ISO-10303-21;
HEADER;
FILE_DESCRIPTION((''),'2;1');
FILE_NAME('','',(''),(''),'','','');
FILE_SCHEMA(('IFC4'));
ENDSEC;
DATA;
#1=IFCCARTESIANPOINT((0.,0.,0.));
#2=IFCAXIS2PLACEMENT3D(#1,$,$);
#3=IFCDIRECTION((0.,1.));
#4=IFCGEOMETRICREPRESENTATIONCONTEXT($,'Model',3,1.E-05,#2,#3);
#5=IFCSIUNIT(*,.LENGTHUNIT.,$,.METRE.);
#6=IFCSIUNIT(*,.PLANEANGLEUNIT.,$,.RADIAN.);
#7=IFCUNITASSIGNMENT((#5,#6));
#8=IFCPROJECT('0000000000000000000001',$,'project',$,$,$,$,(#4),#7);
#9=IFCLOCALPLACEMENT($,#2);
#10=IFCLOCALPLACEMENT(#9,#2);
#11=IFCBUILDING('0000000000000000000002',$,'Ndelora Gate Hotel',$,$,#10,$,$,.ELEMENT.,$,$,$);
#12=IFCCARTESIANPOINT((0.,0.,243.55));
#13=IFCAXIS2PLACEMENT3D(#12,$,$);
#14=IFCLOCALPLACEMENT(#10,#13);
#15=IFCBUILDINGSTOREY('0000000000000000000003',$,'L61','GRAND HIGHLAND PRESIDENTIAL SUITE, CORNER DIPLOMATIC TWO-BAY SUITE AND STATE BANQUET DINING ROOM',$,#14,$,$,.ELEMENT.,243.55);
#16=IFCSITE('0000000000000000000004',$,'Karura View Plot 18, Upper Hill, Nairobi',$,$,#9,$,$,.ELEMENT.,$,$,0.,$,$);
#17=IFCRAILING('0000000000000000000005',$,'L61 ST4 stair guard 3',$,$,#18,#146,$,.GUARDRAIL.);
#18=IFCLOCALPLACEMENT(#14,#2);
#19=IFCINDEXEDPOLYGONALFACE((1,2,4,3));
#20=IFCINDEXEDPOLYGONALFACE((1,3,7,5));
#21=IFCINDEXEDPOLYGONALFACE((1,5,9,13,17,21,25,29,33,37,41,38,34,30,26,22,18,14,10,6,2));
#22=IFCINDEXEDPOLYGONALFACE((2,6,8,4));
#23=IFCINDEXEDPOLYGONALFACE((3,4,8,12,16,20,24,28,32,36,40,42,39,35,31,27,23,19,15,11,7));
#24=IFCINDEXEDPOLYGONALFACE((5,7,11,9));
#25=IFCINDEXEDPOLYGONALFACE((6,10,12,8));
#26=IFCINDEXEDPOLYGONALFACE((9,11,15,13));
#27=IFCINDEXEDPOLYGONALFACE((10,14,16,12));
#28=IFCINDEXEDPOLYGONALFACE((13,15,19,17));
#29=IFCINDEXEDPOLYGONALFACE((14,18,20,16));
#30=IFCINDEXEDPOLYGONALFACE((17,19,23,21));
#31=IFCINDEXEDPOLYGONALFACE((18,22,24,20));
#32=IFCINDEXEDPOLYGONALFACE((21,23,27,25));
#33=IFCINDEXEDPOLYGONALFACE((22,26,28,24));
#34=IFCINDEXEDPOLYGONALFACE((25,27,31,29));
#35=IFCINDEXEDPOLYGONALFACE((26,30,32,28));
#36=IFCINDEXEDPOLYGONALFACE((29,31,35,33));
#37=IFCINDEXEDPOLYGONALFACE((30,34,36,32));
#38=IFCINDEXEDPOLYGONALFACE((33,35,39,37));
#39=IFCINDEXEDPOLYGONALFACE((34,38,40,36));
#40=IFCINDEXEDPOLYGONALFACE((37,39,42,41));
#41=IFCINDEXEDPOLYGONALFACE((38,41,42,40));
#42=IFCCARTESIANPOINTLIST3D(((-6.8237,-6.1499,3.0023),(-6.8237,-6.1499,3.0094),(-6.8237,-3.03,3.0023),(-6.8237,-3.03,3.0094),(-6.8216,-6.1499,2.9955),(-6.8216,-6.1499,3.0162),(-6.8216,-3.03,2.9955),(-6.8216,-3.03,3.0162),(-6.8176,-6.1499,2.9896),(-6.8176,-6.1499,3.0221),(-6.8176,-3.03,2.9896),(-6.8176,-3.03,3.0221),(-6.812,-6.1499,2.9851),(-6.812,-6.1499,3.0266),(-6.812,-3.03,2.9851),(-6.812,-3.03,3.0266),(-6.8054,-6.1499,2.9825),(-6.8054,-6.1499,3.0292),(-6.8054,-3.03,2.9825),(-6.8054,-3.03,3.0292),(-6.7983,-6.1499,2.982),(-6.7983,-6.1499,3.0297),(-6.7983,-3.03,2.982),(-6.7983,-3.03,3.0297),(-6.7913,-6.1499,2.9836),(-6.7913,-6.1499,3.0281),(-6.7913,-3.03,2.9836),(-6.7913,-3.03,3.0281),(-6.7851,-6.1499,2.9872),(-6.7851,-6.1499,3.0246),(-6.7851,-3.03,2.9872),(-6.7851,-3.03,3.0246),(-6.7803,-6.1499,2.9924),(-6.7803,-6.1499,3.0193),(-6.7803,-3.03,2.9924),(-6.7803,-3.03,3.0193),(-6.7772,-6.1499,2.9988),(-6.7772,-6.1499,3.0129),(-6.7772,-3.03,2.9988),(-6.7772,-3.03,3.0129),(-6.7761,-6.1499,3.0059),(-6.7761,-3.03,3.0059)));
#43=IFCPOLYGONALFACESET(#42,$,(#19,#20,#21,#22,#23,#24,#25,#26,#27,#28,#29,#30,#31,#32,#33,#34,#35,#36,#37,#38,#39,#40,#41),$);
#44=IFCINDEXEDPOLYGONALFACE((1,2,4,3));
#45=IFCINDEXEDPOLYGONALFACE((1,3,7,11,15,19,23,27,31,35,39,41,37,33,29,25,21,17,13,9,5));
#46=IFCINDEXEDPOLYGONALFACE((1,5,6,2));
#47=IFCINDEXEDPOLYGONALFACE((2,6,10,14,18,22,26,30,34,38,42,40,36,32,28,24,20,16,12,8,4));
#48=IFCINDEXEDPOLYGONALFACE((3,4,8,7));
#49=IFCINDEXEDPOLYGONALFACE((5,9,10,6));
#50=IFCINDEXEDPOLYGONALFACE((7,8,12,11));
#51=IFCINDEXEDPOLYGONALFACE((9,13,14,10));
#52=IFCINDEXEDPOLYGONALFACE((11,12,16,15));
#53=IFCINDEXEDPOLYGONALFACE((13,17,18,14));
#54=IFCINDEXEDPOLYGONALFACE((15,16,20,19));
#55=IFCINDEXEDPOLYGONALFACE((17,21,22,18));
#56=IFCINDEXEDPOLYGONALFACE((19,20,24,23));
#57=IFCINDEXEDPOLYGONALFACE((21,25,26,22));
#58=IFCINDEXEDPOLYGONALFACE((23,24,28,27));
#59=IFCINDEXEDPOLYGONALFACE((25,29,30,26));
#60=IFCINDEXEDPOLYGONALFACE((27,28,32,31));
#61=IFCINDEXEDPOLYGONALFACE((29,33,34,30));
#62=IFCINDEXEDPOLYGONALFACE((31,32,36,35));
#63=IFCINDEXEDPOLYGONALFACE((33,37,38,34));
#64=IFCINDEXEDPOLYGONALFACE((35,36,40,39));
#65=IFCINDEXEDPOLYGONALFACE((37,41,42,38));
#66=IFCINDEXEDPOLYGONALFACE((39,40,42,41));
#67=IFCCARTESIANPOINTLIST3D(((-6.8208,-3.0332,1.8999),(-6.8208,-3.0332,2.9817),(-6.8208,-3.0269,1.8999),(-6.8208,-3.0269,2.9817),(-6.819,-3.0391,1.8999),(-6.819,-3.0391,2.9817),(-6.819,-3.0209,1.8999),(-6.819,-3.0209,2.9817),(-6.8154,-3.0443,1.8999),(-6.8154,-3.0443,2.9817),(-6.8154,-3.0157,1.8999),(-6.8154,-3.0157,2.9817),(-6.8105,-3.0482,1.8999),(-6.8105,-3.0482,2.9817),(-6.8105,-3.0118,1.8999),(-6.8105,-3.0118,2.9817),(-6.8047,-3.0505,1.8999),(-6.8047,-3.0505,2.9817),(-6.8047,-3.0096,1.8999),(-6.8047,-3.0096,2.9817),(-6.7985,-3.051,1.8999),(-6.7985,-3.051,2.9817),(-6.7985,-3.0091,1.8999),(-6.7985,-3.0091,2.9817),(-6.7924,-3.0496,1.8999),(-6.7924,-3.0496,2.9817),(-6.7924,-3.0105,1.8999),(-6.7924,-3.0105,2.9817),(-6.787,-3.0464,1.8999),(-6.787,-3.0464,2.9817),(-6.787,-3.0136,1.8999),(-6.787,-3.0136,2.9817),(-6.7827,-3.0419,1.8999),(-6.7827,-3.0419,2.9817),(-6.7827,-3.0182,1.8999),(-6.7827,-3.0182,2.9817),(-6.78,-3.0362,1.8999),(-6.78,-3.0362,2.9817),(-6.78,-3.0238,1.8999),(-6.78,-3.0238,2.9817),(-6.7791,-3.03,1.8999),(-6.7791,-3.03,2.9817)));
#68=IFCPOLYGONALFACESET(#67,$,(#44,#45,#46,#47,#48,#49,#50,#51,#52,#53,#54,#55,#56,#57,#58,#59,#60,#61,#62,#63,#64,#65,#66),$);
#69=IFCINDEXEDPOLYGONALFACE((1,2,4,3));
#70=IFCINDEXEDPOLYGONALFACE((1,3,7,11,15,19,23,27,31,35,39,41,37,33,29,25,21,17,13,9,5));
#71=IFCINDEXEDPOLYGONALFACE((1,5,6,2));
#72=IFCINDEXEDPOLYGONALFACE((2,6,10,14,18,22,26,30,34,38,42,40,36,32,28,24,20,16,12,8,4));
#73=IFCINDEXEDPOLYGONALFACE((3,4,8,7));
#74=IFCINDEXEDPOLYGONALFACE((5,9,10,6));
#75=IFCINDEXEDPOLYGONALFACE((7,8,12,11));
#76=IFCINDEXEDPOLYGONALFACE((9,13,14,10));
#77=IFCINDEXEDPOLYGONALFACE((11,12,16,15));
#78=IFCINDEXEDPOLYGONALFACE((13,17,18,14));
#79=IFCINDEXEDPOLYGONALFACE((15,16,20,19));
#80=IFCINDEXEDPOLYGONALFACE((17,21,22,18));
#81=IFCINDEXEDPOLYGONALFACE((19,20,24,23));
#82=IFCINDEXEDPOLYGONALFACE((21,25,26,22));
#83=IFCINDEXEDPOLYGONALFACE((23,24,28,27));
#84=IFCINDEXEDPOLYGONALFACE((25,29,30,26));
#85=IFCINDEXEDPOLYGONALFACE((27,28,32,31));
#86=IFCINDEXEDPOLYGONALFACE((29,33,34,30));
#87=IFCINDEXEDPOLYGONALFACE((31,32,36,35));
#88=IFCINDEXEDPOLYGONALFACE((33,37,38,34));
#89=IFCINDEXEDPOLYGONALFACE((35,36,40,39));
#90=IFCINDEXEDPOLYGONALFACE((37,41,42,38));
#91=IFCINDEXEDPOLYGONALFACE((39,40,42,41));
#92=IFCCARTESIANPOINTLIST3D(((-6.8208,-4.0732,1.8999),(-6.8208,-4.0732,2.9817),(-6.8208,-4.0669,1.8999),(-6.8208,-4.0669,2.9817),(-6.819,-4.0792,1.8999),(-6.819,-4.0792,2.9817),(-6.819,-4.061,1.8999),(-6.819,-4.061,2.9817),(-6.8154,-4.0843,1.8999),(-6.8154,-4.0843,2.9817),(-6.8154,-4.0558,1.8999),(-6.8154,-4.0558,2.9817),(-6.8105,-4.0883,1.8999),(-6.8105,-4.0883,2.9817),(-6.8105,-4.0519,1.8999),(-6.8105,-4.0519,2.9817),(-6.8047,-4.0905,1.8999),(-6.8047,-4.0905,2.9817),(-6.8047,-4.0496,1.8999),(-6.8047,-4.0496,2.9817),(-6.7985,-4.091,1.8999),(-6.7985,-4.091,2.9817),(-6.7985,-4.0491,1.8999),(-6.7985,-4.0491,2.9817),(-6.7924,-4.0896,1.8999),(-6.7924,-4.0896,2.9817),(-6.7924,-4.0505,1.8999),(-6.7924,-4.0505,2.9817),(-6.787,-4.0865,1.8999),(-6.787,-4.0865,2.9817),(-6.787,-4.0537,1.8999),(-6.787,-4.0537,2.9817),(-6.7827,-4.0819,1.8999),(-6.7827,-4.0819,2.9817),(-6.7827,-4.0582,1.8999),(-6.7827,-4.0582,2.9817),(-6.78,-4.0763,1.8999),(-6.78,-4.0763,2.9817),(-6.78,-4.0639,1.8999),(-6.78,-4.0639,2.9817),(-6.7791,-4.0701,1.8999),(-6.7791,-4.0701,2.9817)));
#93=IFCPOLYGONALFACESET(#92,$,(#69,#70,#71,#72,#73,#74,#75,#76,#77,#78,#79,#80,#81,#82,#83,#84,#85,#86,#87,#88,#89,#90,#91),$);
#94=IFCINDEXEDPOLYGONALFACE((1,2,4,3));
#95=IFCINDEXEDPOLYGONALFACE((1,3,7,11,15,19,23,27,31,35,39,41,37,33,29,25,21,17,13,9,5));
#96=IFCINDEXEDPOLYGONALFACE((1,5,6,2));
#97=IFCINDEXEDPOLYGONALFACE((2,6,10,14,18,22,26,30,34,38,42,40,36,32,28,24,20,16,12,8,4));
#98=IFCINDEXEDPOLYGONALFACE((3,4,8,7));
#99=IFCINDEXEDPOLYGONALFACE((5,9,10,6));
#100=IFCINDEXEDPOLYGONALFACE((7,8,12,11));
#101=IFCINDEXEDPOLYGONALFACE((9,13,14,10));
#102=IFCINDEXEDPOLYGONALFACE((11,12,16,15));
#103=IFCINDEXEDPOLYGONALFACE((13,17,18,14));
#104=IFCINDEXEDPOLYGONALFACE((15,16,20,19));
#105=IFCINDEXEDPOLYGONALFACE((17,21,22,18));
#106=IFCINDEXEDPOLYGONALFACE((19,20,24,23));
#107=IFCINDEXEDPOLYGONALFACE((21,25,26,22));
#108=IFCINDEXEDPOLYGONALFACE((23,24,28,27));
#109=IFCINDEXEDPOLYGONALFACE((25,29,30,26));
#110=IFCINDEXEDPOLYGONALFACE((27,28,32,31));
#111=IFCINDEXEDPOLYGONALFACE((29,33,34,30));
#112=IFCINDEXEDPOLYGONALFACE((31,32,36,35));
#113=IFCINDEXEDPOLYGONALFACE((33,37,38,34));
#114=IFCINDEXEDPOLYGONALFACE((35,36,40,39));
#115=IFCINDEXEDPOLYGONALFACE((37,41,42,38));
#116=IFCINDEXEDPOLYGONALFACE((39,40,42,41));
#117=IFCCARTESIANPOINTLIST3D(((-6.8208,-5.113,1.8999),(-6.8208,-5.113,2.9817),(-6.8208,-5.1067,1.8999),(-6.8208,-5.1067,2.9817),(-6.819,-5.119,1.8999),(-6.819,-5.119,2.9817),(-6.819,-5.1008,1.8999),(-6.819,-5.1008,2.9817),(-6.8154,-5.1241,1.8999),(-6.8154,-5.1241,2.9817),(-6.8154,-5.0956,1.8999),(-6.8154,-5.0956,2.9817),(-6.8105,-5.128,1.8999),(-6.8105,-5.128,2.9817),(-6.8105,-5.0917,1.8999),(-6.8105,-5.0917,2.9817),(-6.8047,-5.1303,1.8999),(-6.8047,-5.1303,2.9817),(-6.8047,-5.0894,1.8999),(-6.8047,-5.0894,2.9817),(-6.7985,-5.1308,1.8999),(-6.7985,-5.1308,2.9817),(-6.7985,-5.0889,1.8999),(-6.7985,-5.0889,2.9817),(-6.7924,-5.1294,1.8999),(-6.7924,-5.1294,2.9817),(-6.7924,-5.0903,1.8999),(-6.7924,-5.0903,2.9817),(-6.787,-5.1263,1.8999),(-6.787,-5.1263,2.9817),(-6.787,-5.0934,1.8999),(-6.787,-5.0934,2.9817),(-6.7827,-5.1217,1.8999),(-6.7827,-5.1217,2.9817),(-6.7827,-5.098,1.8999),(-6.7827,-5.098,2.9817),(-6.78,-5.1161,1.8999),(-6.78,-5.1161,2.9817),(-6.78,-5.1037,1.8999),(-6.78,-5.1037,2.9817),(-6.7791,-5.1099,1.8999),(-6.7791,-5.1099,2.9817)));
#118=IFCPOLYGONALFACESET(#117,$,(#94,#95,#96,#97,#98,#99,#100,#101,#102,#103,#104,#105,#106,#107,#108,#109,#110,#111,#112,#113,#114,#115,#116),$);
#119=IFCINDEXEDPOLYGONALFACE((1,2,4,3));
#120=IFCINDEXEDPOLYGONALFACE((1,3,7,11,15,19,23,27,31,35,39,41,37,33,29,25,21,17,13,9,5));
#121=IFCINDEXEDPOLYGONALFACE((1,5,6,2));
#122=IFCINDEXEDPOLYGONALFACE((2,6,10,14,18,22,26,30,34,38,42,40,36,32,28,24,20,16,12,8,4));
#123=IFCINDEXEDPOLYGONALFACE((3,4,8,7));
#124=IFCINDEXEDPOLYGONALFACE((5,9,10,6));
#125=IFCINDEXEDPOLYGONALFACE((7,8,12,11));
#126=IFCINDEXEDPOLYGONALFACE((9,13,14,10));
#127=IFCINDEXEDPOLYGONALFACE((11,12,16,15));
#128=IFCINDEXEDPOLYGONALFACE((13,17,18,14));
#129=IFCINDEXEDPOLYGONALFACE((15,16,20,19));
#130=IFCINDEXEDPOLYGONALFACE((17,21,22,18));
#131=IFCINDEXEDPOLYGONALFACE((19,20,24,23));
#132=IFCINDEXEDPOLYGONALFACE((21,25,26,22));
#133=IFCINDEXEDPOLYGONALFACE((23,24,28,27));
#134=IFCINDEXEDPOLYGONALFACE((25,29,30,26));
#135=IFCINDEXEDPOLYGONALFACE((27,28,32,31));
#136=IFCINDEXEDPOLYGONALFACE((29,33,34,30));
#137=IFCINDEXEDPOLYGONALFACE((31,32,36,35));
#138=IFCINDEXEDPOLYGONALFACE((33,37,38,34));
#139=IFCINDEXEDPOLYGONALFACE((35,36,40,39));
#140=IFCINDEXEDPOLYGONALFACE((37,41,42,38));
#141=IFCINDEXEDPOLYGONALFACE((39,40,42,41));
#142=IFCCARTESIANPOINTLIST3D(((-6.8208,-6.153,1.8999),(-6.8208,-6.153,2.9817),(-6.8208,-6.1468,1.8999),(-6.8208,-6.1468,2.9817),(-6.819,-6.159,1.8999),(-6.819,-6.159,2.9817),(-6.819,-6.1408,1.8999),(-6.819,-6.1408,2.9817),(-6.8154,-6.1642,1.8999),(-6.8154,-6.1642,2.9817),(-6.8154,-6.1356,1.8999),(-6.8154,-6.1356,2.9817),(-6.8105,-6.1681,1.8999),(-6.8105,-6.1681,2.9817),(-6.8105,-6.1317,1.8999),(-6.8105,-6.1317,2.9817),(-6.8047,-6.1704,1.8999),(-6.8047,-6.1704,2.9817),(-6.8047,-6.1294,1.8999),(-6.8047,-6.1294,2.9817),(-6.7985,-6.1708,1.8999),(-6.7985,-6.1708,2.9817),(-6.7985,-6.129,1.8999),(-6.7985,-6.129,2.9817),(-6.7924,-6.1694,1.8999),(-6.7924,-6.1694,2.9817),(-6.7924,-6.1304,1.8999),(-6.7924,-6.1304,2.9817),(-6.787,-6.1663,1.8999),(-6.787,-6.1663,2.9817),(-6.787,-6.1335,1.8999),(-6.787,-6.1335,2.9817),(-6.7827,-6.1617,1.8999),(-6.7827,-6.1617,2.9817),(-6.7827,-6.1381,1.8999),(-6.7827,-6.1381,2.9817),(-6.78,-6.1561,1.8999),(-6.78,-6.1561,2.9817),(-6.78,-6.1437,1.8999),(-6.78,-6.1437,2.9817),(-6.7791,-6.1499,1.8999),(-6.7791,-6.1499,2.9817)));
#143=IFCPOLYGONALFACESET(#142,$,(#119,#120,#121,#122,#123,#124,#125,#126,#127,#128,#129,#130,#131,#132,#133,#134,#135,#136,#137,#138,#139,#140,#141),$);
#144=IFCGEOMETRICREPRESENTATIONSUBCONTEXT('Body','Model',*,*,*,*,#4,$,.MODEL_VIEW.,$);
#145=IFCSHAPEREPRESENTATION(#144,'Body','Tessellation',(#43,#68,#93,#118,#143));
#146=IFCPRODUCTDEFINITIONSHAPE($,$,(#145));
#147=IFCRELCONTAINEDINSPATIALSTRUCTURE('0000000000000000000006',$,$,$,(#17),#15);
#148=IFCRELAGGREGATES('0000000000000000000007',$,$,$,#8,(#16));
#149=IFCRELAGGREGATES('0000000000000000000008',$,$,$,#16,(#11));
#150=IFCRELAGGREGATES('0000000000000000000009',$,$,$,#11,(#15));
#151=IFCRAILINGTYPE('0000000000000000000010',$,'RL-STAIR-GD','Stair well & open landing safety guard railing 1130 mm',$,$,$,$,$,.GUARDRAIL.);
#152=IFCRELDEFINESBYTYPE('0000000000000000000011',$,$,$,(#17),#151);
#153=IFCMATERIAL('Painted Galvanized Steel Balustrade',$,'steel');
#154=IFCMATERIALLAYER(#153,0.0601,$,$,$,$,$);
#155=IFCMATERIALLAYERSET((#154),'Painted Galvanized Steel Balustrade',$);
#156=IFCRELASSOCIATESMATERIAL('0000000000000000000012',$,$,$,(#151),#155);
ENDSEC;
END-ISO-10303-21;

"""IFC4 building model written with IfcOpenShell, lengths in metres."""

from ifc_helpers import new_model, si_unit, direction, frame, origin, origin_2d, place, context, subcontext, project, spatial, circle, extrude, material, layer, layer_set, type_object, element, save


model = new_model("IFC4")

# Units and contexts
model_context = context("Model", 3, precision=1e-05, world=origin(), true_north=direction((0.0, 1.0)))
body_context = subcontext(model_context, "Body", "Model", "MODEL_VIEW")
ifc_project = project(units=[si_unit("LENGTHUNIT", "METRE"), si_unit("PLANEANGLEUNIT", "RADIAN")], contexts=[model_context])

# Site, building, storey
site_placement = place(None, origin())
site = spatial("IfcSite", under=ifc_project, at=site_placement, Name="Karura View Plot 18, Upper Hill, Nairobi", CompositionType="ELEMENT", RefElevation=0.0)
building_placement = place(site_placement, origin())
building = spatial("IfcBuilding", under=site, at=building_placement, Name="Ndelora Gate Hotel", CompositionType="ELEMENT")
storey_placement = place(building_placement, frame((0.0, 0.0, 243.55)))
storey = spatial("IfcBuildingStorey", under=building, at=storey_placement, Name="L61", Description="GRAND HIGHLAND PRESIDENTIAL SUITE, CORNER DIPLOMATIC TWO-BAY SUITE AND STATE BANQUET DINING ROOM", CompositionType="ELEMENT", Elevation=243.55)

# Railing
ifc_material_1 = material(Name="Painted Galvanized Steel Balustrade", Category="steel")
ifc_layer_1 = layer(ifc_material_1, 0.0601)
ifc_layer_set_1 = layer_set([ifc_layer_1], Name="Painted Galvanized Steel Balustrade")
railing_type_1 = type_object("IfcRailingType", Name="RL-STAIR-GD", Description="Stair well & open landing safety guard railing 1130 mm", PredefinedType="GUARDRAIL", material=ifc_layer_set_1)
for number, where, name in (
    (1, (-6.8, -3.03, 1.8999), "L61 ST4 stair guard 3"),
):
    element("IfcRailing", number, at=place(storey_placement, frame(where)), inside=storey, type_object=railing_type_1, Name=name, PredefinedType="GUARDRAIL", context=body_context, shape_type="SweptSolid", body=[
        extrude(circle(Radius=0.0239, at=origin_2d()), frame((0.0, 0.0, 1.106), z_axis=(0.0, -1.0, 0.0), x_axis=(1.0, 0.0, 0.0)), (0.0, 0.0, 1.0), 3.1199),
        extrude(circle(Radius=0.021, at=origin_2d()), origin(), (0.0, 0.0, 1.0), 1.0818),
        extrude(circle(Radius=0.021, at=origin_2d()), frame((0.0, -1.04, 0.0)), (0.0, 0.0, 1.0), 1.0818),
        extrude(circle(Radius=0.021, at=origin_2d()), frame((0.0, -2.0798, 0.0)), (0.0, 0.0, 1.0), 1.0818),
        extrude(circle(Radius=0.021, at=origin_2d()), frame((0.0, -3.1199, 0.0)), (0.0, 0.0, 1.0), 1.0818),
    ])

save(model, "model.ifc")
